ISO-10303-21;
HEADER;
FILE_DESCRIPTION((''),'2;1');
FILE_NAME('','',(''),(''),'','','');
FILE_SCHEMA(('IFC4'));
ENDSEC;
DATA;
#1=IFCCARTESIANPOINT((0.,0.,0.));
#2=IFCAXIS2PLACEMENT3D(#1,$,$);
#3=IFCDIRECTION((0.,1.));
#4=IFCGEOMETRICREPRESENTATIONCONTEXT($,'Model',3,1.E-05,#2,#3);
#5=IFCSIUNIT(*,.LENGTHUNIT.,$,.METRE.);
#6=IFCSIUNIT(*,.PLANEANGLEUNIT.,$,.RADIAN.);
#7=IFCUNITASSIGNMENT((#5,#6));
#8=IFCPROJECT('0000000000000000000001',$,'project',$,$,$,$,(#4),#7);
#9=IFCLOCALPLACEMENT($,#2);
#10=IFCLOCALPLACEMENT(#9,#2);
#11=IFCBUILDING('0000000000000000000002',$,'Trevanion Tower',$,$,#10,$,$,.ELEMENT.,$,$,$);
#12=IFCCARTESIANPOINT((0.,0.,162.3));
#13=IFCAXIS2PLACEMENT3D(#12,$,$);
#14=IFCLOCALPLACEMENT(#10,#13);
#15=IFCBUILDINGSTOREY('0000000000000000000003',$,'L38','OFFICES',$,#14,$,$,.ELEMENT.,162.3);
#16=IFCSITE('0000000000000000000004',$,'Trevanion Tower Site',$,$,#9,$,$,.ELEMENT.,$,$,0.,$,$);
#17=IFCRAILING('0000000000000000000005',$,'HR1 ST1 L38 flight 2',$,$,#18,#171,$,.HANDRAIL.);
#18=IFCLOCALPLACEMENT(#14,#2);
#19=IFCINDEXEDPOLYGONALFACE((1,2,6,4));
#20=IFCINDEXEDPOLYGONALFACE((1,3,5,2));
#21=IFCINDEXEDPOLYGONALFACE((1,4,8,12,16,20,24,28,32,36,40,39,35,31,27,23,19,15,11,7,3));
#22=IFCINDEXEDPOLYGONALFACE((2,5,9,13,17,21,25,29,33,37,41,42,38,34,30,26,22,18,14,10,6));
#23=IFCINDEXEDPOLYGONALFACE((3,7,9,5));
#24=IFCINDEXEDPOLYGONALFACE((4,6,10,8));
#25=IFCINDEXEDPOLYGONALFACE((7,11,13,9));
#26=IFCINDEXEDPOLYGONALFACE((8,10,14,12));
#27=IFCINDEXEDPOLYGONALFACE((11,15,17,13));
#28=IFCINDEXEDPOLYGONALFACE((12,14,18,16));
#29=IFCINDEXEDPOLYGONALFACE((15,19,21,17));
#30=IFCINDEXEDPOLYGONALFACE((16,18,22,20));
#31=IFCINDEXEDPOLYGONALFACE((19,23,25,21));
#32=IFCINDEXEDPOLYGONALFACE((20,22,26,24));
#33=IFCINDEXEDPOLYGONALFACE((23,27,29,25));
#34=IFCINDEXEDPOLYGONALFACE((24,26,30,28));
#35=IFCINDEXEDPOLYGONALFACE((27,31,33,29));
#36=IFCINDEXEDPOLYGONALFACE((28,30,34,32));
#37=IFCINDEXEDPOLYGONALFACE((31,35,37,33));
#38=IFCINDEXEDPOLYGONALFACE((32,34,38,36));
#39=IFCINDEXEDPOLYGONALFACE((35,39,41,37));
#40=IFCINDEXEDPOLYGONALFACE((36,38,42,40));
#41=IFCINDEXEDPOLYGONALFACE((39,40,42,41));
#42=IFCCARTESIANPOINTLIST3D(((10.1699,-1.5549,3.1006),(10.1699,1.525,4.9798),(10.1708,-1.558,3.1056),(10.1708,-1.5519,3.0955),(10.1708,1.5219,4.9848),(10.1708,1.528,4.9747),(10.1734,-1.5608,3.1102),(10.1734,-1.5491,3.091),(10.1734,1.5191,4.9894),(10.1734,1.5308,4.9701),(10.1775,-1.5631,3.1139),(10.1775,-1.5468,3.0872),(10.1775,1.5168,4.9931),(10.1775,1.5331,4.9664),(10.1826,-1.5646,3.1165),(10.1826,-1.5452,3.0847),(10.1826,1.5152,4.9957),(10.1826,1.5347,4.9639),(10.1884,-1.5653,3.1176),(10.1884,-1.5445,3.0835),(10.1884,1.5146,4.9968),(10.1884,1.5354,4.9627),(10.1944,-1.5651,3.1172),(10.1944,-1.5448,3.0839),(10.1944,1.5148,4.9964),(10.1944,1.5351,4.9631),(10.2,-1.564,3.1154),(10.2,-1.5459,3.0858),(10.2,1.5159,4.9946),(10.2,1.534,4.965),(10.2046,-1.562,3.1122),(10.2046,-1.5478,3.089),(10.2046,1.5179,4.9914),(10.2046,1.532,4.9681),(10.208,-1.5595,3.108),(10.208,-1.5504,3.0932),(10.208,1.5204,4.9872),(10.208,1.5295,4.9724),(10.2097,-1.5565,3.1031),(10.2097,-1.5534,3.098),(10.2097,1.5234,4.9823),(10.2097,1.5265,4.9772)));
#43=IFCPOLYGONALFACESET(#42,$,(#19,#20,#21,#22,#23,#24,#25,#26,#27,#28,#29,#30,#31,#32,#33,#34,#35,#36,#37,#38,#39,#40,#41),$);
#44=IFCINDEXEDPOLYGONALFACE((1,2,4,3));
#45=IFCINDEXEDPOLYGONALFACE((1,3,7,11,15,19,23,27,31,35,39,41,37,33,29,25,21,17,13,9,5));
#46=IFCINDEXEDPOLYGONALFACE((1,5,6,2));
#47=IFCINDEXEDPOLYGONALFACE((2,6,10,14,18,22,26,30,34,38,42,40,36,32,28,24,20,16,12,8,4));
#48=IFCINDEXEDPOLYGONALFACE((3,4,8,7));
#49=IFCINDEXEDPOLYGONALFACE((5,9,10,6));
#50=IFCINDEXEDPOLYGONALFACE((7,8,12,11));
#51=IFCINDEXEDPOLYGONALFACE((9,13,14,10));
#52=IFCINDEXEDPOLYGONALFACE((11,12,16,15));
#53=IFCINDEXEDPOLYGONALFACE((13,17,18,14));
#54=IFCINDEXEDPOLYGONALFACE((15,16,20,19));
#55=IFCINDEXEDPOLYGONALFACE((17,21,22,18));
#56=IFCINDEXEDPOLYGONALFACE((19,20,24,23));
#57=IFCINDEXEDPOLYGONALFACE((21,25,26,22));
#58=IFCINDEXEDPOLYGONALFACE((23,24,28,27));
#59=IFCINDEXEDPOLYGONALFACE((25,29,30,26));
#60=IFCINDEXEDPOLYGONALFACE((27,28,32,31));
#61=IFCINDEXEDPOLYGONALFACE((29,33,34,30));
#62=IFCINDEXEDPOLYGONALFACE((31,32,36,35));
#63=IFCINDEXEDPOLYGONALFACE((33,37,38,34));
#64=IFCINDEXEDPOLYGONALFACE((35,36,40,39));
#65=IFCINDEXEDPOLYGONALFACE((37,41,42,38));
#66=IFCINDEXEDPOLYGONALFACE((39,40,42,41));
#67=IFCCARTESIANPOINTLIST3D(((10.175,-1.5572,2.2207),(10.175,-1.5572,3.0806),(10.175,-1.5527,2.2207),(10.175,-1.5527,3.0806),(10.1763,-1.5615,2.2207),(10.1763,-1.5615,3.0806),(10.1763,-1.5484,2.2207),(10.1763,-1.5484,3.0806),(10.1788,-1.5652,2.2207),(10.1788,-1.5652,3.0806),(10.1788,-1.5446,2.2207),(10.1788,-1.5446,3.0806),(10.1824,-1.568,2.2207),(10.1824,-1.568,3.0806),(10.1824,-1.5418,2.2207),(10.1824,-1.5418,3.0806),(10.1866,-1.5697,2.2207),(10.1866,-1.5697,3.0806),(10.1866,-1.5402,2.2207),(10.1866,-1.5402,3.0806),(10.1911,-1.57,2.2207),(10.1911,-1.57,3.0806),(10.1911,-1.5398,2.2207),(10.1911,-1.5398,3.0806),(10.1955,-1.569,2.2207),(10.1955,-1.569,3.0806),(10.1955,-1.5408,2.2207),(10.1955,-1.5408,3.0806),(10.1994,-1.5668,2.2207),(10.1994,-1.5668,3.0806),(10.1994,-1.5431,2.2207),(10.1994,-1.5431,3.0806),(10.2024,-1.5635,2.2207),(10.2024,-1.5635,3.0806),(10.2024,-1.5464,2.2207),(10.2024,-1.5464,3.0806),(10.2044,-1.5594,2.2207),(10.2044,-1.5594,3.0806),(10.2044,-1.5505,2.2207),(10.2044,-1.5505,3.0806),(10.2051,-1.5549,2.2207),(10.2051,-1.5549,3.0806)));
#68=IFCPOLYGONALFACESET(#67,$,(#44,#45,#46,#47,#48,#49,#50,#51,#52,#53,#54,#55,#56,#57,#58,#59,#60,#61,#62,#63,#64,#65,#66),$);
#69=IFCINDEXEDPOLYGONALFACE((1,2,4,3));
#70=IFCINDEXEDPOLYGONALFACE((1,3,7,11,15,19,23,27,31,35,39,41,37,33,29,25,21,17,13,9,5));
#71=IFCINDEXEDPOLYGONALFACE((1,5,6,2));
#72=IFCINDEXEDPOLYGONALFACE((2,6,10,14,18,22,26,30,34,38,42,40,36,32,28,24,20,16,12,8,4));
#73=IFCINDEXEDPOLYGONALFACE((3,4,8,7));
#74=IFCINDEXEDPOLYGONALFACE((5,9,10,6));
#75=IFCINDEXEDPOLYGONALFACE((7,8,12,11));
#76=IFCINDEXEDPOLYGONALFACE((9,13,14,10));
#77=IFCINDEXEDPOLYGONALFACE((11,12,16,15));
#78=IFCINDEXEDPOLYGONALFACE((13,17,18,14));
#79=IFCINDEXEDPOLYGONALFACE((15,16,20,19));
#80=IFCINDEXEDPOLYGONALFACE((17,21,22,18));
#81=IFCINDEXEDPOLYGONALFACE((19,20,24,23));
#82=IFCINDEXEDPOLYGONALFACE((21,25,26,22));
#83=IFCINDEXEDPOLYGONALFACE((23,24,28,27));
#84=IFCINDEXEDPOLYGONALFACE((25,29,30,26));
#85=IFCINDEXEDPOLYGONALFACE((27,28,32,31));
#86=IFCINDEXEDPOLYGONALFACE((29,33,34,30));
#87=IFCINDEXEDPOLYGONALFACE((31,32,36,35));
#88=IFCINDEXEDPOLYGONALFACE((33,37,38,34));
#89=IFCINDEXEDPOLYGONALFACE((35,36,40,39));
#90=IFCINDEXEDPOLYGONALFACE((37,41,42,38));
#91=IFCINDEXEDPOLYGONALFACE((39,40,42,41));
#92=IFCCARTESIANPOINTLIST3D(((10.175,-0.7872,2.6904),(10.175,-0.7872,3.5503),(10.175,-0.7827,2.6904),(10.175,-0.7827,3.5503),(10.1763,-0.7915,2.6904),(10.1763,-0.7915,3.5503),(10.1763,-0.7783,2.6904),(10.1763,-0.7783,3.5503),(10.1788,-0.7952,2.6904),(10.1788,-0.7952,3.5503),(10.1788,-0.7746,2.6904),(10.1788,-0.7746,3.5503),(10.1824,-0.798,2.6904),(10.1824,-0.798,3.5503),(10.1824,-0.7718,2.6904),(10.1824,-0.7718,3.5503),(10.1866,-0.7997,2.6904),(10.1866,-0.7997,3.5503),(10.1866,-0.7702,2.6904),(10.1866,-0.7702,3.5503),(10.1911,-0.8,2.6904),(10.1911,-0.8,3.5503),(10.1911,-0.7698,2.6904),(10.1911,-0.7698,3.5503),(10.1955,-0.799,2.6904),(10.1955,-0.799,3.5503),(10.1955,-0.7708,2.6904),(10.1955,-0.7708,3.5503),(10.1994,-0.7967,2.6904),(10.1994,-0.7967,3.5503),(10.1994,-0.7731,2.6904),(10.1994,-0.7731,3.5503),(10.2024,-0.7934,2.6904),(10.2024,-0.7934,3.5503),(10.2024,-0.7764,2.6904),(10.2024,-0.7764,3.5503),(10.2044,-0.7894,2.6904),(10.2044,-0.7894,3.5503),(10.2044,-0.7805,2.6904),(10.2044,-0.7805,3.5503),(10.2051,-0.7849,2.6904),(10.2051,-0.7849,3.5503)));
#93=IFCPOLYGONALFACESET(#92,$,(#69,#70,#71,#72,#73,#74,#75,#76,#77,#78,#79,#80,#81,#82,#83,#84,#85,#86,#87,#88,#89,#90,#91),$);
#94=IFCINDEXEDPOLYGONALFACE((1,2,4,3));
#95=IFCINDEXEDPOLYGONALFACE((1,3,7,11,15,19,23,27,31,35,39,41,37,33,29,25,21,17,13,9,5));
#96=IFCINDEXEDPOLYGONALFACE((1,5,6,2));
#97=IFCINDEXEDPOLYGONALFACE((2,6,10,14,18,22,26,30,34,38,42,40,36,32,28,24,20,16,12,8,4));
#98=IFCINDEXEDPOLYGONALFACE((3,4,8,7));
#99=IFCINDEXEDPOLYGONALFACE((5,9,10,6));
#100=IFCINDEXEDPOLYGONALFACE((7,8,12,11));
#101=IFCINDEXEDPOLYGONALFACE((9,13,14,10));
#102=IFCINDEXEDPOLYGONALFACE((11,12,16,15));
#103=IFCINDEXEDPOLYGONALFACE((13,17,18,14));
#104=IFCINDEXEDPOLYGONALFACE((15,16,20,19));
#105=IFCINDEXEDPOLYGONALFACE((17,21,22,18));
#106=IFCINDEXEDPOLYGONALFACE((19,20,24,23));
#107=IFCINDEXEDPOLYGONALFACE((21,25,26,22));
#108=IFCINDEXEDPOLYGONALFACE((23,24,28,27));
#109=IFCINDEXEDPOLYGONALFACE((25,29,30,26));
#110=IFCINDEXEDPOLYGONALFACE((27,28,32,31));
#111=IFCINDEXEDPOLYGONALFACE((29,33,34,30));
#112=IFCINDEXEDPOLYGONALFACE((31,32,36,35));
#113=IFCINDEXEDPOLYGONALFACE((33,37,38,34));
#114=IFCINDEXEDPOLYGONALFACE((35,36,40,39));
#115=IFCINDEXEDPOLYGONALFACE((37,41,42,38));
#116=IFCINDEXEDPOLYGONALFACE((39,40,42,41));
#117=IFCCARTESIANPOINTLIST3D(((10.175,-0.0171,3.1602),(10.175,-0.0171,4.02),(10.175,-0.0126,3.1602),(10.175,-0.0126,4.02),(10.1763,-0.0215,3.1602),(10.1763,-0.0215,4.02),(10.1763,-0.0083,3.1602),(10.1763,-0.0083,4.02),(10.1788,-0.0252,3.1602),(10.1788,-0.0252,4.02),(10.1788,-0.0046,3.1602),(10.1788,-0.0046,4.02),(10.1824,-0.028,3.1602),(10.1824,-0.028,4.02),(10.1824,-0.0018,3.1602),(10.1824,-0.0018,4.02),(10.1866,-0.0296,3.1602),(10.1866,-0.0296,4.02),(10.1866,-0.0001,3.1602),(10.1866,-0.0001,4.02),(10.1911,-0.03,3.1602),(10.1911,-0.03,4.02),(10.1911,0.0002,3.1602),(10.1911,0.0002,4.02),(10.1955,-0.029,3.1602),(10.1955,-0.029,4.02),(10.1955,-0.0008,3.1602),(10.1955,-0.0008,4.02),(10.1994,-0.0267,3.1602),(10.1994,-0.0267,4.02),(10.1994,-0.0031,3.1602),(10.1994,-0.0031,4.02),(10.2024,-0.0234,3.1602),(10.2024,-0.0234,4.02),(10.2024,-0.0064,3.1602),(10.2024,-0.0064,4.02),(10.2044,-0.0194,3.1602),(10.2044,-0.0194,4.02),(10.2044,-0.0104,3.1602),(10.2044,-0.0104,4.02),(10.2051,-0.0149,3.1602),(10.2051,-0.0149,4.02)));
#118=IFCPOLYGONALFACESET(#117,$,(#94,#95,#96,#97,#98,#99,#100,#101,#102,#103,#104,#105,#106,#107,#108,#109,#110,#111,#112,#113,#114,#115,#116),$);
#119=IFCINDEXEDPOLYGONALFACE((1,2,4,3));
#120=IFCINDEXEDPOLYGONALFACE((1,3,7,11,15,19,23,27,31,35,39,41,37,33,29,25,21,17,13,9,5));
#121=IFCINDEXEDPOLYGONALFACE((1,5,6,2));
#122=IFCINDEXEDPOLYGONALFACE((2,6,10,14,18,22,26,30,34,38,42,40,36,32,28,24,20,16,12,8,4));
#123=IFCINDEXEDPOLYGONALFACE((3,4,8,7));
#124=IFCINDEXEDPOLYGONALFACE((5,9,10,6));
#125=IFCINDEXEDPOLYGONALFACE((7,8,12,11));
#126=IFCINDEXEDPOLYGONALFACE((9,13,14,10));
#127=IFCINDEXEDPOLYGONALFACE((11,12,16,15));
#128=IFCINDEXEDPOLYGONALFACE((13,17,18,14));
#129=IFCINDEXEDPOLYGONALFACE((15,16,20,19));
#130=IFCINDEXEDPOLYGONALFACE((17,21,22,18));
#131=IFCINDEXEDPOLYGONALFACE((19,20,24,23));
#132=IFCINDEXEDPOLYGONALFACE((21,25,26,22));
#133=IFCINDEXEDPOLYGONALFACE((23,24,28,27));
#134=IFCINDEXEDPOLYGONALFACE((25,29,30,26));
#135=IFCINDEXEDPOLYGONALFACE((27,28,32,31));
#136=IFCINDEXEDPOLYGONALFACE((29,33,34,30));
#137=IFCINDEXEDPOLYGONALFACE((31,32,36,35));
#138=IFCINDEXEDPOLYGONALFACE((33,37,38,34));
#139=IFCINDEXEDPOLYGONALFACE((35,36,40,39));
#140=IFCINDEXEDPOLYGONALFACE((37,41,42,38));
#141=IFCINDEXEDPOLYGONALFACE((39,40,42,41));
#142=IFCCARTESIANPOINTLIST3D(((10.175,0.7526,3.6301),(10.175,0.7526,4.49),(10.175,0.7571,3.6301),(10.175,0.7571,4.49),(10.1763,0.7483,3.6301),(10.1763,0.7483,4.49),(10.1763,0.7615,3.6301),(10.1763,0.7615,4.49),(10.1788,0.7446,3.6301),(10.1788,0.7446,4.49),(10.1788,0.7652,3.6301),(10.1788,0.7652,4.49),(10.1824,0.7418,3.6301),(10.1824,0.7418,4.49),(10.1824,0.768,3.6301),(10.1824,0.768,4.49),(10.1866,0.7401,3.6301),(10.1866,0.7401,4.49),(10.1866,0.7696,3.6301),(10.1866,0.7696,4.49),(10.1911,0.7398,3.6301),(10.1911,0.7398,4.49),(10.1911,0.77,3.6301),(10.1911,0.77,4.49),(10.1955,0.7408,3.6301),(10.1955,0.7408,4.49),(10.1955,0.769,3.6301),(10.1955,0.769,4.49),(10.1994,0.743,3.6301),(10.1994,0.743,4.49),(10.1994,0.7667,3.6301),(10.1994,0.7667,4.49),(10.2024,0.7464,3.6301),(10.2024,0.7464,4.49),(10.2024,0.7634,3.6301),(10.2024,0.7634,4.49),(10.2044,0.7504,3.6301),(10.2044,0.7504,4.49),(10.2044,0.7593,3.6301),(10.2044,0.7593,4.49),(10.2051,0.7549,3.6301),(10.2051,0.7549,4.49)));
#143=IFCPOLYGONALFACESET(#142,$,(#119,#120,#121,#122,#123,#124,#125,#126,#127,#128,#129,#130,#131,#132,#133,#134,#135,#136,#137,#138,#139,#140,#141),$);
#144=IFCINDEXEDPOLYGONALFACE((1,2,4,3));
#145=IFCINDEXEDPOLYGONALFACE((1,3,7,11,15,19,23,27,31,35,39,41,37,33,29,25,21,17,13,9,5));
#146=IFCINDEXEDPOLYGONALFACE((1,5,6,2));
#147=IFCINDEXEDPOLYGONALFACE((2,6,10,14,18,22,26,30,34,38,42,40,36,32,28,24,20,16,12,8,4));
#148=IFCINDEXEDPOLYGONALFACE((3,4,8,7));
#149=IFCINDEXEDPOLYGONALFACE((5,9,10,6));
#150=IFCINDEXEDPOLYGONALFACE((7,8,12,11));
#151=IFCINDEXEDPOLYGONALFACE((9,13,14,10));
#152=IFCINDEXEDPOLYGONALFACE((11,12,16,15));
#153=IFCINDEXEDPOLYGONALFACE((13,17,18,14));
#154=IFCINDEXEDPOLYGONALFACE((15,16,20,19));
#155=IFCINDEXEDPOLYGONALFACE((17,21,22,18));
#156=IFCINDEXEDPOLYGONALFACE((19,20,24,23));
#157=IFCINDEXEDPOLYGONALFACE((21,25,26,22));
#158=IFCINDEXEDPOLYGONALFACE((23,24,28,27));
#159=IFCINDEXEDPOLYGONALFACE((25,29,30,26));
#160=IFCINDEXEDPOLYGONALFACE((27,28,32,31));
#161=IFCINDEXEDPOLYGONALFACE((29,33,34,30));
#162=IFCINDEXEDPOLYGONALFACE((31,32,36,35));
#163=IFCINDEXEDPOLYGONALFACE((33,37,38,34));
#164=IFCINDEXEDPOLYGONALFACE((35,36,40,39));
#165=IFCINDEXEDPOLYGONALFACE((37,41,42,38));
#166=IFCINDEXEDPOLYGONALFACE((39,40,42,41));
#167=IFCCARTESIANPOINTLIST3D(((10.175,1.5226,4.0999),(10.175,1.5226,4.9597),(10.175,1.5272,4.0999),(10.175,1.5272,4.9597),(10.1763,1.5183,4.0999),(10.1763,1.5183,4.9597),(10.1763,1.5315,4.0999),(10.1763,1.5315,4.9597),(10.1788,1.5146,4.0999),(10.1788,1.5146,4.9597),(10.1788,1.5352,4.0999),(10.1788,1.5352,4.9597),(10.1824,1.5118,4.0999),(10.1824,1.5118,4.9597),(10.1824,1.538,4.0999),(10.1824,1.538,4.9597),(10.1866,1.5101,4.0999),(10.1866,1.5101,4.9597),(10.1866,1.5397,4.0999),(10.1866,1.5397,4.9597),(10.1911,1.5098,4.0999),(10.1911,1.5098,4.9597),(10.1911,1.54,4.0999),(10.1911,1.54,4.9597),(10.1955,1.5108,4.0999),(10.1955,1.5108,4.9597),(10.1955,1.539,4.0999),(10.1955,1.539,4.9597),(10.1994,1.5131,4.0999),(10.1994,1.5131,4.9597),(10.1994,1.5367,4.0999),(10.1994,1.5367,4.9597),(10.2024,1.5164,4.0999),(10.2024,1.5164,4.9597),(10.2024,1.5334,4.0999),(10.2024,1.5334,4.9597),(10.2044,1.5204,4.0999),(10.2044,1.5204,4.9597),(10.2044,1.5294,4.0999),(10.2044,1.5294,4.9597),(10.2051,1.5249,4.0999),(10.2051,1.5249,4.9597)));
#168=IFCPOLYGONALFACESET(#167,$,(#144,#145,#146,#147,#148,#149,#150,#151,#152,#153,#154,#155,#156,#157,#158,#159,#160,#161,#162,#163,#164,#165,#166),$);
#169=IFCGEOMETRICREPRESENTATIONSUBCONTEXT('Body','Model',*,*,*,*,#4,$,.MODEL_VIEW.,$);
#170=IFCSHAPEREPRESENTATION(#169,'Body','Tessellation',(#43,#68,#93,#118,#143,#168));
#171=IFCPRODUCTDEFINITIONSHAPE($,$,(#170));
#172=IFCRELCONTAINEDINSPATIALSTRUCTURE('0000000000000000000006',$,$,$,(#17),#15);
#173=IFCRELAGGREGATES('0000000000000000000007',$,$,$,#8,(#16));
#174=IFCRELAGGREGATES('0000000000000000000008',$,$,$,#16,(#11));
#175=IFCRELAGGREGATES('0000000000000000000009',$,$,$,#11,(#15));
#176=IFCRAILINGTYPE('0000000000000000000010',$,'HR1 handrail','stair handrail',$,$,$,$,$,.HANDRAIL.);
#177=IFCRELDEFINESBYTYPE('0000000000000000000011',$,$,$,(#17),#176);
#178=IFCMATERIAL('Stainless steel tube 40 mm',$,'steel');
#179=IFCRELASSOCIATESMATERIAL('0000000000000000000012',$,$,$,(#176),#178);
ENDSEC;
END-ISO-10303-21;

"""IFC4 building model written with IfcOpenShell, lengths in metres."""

from ifc_helpers import new_model, si_unit, direction, frame, origin, origin_2d, place, context, subcontext, project, spatial, circle, extrude, material, type_object, element, save


model = new_model("IFC4")

# Units and contexts
model_context = context("Model", 3, precision=1e-05, world=origin(), true_north=direction((0.0, 1.0)))
body_context = subcontext(model_context, "Body", "Model", "MODEL_VIEW")
ifc_project = project(units=[si_unit("LENGTHUNIT", "METRE"), si_unit("PLANEANGLEUNIT", "RADIAN")], contexts=[model_context])

# Site, building, storey
site_placement = place(None, origin())
site = spatial("IfcSite", under=ifc_project, at=site_placement, Name="Trevanion Tower Site", CompositionType="ELEMENT", RefElevation=0.0)
building_placement = place(site_placement, origin())
building = spatial("IfcBuilding", under=site, at=building_placement, Name="Trevanion Tower", CompositionType="ELEMENT")
storey_placement = place(building_placement, frame((0.0, 0.0, 162.3)))
storey = spatial("IfcBuildingStorey", under=building, at=storey_placement, Name="L38", Description="OFFICES", CompositionType="ELEMENT", Elevation=162.3)

# Railing
ifc_material_1 = material(Name="Stainless steel tube 40 mm", Category="steel")
railing_type = type_object("IfcRailingType", Name="HR1 handrail", Description="stair handrail", PredefinedType="HANDRAIL", material=ifc_material_1)
for number, where, name in (
    (1, (10.1899, -1.5549, 2.2207), "HR1 ST1 L38 flight 2"),
):
    element("IfcRailing", number, at=place(storey_placement, frame(where)), inside=storey, type_object=railing_type, Name=name, PredefinedType="HANDRAIL", context=body_context, shape_type="SweptSolid", body=[
        extrude(circle(Radius=0.02, at=origin_2d()), frame((0.0, 0.0, 0.8799), z_axis=(0.0, 0.853648, 0.52085), x_axis=(-1.0, 0.0, 0.0)), (0.0, 0.0, 1.0), 3.6079),
        extrude(circle(Radius=0.0151, at=origin_2d()), origin(), (0.0, 0.0, 1.0), 0.8599),
        extrude(circle(Radius=0.0151, at=origin_2d()), frame((0.0, 0.77, 0.4697)), (0.0, 0.0, 1.0), 0.8599),
        extrude(circle(Radius=0.0151, at=origin_2d()), frame((0.0, 1.54, 0.9395)), (0.0, 0.0, 1.0), 0.8599),
        extrude(circle(Radius=0.0151, at=origin_2d()), frame((0.0, 2.3098, 1.4094)), (0.0, 0.0, 1.0), 0.8599),
        extrude(circle(Radius=0.0151, at=origin_2d()), frame((0.0, 3.0798, 1.8792)), (0.0, 0.0, 1.0), 0.8599),
    ])

save(model, "model.ifc")
